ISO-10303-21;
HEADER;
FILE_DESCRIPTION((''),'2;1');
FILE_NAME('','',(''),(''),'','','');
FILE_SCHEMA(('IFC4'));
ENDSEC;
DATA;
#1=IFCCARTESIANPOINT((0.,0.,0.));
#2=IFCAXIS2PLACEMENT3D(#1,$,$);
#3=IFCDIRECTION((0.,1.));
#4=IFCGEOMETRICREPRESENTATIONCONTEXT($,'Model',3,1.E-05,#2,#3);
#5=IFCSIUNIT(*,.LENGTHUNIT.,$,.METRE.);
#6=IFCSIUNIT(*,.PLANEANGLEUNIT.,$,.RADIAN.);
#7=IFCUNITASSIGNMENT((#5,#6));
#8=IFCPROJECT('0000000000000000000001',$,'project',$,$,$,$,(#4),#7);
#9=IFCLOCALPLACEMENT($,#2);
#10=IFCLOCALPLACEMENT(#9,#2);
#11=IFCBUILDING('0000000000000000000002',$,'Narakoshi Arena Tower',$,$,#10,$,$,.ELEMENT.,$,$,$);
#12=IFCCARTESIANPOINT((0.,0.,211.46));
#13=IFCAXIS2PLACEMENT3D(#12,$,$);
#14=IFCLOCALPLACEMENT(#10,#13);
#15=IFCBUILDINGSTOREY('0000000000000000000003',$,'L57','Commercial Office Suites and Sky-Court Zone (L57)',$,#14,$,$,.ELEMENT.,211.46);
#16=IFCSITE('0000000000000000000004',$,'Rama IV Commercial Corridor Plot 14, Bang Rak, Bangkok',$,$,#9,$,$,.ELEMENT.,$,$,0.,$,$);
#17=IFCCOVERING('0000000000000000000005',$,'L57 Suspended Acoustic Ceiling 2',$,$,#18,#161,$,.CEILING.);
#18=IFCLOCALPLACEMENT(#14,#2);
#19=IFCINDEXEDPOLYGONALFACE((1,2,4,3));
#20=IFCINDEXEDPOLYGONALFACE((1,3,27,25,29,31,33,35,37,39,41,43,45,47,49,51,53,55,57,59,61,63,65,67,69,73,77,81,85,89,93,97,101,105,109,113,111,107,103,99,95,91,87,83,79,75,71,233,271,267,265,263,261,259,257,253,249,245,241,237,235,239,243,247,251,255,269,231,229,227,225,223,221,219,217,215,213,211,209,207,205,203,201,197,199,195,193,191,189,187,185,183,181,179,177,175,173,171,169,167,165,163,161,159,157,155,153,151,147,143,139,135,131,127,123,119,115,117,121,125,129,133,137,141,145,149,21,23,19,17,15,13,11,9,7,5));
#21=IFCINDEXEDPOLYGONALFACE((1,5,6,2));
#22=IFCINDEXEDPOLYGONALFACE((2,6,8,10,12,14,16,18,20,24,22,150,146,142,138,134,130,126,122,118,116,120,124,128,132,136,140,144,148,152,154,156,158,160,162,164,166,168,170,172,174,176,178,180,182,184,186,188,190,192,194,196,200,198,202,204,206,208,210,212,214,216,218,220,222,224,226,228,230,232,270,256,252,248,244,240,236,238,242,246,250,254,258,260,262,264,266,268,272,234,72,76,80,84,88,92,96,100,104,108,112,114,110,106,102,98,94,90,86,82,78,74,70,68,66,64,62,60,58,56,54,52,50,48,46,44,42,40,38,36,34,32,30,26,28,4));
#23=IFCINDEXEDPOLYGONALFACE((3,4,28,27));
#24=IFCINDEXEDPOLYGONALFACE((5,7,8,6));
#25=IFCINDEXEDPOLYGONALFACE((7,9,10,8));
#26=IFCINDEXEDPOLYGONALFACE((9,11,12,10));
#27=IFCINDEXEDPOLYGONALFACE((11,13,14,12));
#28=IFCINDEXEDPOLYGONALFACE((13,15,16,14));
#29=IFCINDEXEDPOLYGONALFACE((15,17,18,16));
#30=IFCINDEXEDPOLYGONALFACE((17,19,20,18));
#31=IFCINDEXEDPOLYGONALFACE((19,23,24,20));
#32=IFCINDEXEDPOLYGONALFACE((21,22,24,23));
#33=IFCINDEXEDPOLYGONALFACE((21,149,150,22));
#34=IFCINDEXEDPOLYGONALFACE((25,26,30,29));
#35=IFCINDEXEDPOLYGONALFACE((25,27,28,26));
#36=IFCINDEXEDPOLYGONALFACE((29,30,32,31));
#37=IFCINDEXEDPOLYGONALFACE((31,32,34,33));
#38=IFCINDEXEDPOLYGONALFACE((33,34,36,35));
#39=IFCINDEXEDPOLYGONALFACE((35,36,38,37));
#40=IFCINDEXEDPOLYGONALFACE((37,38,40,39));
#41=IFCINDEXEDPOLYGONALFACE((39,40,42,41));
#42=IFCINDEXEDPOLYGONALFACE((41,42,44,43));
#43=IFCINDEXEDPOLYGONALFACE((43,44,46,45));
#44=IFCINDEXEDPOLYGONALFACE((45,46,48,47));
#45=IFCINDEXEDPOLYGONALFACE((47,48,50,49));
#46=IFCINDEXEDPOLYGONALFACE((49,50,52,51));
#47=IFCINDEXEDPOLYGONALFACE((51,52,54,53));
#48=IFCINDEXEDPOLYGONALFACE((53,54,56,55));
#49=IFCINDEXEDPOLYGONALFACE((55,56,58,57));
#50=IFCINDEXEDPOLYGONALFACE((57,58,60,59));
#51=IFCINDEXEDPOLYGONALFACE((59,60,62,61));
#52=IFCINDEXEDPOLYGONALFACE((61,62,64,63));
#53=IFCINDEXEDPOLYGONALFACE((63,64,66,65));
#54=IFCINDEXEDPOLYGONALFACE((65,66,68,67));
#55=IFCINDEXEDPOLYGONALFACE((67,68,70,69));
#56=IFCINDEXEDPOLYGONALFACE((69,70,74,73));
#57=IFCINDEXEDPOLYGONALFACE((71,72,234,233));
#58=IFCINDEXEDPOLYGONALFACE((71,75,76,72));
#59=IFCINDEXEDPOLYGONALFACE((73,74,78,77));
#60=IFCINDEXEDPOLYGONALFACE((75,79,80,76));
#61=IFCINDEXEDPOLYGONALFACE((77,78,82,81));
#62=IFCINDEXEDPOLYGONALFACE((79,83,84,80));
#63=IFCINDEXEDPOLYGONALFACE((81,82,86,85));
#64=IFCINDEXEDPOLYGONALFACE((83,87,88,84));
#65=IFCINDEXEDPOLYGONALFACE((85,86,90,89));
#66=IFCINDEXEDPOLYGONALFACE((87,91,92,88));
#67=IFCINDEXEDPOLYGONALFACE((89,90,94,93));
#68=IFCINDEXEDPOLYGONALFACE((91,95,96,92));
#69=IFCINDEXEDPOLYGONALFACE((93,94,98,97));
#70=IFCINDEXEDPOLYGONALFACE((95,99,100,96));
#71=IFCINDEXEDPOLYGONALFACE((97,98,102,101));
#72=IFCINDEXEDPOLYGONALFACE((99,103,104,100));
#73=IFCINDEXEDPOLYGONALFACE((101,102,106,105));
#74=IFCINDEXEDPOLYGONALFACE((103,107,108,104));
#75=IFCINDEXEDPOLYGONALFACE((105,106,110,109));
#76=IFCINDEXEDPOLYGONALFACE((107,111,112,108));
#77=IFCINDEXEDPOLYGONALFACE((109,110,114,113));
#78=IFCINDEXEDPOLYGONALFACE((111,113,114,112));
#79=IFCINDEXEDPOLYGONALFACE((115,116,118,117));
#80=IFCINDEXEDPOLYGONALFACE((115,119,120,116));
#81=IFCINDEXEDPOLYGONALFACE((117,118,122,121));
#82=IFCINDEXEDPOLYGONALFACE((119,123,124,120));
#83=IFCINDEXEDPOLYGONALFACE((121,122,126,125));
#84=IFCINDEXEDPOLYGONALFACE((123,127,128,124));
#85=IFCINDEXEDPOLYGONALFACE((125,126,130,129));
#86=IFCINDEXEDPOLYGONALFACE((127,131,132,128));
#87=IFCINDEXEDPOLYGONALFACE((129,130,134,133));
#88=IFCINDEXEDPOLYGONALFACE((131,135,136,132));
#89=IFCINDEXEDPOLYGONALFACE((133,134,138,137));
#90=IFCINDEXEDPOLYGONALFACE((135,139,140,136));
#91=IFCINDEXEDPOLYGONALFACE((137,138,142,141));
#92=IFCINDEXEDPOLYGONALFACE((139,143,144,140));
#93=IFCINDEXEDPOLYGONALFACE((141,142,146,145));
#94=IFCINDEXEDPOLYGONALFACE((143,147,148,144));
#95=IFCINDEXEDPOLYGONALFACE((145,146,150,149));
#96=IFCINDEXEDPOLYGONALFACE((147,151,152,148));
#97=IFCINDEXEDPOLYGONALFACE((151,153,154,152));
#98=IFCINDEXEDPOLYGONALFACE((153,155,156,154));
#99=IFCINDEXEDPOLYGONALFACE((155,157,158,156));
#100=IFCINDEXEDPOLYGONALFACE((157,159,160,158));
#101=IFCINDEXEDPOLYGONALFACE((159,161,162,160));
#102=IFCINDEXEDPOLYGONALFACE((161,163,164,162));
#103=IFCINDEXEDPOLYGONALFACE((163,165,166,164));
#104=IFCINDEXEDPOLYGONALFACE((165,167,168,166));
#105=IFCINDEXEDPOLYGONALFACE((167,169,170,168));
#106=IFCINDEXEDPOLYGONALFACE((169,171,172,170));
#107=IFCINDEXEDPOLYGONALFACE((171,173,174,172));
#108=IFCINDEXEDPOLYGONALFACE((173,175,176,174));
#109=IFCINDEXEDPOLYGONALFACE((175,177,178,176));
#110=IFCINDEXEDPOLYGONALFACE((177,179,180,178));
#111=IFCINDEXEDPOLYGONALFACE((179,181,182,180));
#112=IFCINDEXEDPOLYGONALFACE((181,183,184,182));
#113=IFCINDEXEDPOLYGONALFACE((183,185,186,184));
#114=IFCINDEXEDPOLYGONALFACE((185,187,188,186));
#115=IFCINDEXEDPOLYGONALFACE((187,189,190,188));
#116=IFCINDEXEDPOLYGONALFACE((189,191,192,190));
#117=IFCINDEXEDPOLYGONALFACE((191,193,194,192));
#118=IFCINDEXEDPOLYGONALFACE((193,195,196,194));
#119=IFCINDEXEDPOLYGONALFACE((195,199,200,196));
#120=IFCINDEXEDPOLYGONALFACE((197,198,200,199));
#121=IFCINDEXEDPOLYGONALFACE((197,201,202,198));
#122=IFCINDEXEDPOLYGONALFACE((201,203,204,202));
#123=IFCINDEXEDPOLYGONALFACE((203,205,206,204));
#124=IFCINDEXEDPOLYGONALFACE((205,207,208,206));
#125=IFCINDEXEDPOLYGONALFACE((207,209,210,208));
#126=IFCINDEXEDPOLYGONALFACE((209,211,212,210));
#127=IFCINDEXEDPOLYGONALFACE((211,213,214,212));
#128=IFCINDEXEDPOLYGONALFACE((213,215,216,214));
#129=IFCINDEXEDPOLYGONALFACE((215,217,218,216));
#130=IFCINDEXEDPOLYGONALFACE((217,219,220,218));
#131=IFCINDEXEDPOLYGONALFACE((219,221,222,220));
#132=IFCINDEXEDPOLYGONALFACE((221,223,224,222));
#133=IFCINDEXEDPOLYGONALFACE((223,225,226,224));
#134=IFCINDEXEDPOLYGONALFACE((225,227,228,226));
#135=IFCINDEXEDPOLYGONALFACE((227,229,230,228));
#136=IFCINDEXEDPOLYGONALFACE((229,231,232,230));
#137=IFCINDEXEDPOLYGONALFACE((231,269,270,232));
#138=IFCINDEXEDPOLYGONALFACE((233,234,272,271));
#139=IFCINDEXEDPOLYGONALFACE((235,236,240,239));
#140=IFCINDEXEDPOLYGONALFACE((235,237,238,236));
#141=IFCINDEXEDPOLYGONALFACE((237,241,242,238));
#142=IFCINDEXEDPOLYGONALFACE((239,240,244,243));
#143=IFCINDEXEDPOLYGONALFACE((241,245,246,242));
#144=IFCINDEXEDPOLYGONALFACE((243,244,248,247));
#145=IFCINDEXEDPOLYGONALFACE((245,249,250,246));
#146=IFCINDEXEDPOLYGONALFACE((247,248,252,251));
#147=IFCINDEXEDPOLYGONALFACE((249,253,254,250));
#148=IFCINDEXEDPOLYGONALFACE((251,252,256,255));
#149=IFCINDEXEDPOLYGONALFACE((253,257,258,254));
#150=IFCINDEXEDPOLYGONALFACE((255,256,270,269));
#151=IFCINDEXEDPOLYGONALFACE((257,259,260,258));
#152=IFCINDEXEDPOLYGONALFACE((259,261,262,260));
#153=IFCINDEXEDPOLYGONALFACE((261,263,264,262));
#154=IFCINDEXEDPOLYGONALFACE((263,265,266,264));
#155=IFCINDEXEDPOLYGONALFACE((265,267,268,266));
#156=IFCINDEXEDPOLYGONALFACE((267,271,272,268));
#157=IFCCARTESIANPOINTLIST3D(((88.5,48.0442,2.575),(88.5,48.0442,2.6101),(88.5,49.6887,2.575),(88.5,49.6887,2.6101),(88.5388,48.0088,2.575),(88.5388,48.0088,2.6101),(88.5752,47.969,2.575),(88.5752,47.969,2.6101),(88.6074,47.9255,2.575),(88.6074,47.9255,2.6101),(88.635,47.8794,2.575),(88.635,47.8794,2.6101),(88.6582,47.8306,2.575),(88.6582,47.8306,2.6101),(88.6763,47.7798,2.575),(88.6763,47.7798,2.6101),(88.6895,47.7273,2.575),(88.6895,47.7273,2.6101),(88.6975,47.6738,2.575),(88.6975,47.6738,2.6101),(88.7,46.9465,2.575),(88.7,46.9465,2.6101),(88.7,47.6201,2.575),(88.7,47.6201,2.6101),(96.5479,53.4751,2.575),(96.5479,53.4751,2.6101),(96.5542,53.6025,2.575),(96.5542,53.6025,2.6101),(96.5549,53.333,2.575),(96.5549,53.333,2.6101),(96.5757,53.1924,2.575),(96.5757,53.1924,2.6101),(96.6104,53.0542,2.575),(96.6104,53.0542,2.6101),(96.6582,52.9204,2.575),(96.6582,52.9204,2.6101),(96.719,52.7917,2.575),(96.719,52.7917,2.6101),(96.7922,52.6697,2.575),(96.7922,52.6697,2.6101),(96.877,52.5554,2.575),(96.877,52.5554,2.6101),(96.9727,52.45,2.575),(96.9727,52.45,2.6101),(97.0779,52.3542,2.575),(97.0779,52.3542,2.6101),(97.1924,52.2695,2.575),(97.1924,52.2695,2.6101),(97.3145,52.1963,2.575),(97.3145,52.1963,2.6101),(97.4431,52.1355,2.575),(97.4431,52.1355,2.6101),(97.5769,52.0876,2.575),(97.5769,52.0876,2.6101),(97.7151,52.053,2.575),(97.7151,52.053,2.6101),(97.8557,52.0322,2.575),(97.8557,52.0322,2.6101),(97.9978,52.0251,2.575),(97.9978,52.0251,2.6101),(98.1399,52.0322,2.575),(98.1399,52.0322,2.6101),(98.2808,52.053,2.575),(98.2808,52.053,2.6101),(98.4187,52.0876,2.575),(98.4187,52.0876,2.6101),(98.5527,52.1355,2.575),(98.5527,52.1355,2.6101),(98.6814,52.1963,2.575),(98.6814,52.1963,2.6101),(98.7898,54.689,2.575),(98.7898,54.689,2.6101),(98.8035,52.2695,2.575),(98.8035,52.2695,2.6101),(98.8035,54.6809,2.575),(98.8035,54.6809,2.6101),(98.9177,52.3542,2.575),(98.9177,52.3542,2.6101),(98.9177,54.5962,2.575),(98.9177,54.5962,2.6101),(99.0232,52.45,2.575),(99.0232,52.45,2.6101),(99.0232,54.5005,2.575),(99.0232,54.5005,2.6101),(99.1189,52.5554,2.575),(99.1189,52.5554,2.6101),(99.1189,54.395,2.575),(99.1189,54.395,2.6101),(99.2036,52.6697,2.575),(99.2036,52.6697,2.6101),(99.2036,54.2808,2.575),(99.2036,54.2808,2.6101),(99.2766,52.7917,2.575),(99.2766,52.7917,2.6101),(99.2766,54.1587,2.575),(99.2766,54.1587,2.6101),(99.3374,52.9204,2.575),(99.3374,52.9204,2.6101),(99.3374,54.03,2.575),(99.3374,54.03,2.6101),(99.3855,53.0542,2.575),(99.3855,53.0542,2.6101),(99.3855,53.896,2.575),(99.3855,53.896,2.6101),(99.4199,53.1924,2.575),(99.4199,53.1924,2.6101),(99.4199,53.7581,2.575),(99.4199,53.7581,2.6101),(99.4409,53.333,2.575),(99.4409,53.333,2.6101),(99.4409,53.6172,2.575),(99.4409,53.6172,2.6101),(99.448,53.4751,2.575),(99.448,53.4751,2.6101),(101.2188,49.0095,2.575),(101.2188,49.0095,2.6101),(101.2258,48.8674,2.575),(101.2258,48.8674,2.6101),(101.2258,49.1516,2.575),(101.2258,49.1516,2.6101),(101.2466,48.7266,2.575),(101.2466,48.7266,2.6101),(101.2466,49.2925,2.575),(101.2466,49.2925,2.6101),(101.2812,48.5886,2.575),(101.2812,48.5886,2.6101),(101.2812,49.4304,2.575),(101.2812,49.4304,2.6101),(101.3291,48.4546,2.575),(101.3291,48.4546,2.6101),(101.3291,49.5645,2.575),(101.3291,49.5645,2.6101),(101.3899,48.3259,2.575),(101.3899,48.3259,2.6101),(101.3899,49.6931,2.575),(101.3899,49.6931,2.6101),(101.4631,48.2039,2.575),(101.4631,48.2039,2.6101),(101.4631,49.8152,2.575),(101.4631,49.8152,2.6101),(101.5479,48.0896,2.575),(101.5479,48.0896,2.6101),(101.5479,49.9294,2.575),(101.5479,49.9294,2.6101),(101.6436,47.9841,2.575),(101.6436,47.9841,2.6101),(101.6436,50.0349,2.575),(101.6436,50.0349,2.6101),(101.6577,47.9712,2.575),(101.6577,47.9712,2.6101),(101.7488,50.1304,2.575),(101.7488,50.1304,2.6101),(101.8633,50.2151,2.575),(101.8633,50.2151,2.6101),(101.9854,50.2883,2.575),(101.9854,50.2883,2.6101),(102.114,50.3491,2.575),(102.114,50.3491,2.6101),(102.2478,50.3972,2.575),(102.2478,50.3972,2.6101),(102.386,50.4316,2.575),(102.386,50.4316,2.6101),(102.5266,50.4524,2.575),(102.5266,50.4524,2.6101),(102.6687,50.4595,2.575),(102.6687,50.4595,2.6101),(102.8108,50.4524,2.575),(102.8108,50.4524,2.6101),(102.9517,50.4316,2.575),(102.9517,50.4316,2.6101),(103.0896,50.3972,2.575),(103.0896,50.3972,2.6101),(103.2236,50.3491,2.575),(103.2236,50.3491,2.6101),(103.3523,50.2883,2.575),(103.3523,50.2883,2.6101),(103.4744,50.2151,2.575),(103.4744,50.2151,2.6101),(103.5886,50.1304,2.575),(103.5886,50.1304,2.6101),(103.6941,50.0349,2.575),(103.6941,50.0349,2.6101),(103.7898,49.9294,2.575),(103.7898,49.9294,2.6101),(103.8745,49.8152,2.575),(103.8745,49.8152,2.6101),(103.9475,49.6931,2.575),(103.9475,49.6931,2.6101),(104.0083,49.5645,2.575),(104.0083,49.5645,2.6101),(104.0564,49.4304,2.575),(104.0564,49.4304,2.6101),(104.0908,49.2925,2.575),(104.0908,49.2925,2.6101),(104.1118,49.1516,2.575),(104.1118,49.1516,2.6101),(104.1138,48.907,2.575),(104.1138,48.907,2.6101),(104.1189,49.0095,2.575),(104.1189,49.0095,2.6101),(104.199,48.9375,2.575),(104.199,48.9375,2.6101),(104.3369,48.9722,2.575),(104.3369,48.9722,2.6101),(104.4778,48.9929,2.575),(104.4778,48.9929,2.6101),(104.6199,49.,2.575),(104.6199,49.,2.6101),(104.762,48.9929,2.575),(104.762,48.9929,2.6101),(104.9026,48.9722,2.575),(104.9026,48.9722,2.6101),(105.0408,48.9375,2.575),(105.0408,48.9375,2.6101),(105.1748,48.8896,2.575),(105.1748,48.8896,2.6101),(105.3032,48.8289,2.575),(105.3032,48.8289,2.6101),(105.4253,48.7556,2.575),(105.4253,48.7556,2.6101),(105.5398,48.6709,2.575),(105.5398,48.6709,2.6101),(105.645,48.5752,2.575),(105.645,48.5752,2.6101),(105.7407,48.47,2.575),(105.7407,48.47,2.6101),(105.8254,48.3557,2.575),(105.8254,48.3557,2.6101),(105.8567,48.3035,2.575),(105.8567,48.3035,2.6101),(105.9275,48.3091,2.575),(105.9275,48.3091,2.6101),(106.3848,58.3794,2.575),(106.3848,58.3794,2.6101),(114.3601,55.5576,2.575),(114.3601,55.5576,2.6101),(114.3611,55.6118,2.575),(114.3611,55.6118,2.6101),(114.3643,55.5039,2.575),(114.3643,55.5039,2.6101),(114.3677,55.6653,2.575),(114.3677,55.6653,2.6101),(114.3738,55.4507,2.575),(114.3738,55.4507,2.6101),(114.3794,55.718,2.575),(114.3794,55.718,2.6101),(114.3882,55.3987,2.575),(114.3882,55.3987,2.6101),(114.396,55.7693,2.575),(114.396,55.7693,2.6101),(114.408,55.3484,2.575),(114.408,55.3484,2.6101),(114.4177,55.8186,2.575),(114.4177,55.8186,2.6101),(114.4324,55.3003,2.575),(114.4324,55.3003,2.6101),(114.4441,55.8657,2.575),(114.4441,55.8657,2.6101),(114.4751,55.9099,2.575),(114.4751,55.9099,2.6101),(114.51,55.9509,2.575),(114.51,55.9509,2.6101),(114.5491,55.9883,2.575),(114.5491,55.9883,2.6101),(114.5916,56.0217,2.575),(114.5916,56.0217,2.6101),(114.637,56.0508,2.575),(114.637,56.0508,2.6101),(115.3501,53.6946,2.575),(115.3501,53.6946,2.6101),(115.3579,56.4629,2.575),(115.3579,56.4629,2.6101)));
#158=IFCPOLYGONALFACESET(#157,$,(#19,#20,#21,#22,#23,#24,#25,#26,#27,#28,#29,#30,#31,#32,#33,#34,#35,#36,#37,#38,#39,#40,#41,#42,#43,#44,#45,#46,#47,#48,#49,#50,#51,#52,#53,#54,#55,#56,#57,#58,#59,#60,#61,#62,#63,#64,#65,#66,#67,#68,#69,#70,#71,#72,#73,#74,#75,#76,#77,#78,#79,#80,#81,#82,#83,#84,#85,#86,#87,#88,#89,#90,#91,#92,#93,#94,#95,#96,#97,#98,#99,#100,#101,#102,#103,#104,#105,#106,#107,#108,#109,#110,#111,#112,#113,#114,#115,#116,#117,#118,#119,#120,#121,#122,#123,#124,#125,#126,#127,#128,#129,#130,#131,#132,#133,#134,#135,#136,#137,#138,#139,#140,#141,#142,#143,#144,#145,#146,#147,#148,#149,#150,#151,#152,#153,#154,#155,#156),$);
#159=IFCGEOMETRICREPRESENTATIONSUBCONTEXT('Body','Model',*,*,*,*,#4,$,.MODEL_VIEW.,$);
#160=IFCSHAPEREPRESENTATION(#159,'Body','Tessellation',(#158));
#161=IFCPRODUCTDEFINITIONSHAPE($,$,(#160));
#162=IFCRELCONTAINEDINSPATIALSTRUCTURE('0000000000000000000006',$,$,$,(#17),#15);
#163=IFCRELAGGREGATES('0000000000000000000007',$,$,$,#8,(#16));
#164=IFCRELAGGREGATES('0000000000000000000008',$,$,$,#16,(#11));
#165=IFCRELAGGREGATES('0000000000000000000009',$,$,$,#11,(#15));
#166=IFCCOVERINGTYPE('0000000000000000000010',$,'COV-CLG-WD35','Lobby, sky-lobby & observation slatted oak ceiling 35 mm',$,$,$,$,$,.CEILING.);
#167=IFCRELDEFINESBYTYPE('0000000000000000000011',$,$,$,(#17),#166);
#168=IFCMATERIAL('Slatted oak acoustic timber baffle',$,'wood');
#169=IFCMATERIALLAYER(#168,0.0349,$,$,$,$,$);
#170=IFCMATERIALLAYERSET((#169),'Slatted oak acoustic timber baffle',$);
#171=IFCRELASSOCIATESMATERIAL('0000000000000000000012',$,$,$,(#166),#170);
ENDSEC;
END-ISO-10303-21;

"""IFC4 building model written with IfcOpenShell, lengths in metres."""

from ifc_helpers import new_model, si_unit, direction, frame, origin, place, context, subcontext, project, spatial, polyline, outline, extrude, material, layer, layer_set, type_object, element, save


model = new_model("IFC4")

# Units and contexts
model_context = context("Model", 3, precision=1e-05, world=origin(), true_north=direction((0.0, 1.0)))
body_context = subcontext(model_context, "Body", "Model", "MODEL_VIEW")
ifc_project = project(units=[si_unit("LENGTHUNIT", "METRE"), si_unit("PLANEANGLEUNIT", "RADIAN")], contexts=[model_context])

# Site, building, storey
site_placement = place(None, origin())
site = spatial("IfcSite", under=ifc_project, at=site_placement, Name="Rama IV Commercial Corridor Plot 14, Bang Rak, Bangkok", CompositionType="ELEMENT", RefElevation=0.0)
building_placement = place(site_placement, origin())
building = spatial("IfcBuilding", under=site, at=building_placement, Name="Narakoshi Arena Tower", CompositionType="ELEMENT")
storey_placement = place(building_placement, frame((0.0, 0.0, 211.46)))
storey = spatial("IfcBuildingStorey", under=building, at=storey_placement, Name="L57", Description="Commercial Office Suites and Sky-Court Zone (L57)", CompositionType="ELEMENT", Elevation=211.46)

# Covering
ifc_material_1 = material(Name="Slatted oak acoustic timber baffle", Category="wood")
ifc_layer_1 = layer(ifc_material_1, 0.0349)
ifc_layer_set_1 = layer_set([ifc_layer_1], Name="Slatted oak acoustic timber baffle")
covering_type_1 = type_object("IfcCoveringType", Name="COV-CLG-WD35", Description="Lobby, sky-lobby & observation slatted oak ceiling 35 mm", PredefinedType="CEILING", material=ifc_layer_set_1)
covering_1_placement = place(storey_placement, frame((0.0, 0.0, 2.575)))
element("IfcCovering", 1, at=covering_1_placement, inside=storey, type_object=covering_type_1, Name="L57 Suspended Acoustic Ceiling 2", PredefinedType="CEILING", context=body_context, shape_type="SweptSolid", body=[
    extrude(outline(polyline([(88.5, 49.6887), (96.5542, 53.6025), (96.5479, 53.4751), (96.5549, 53.333), (96.5757, 53.1924), (96.6104, 53.0542), (96.6582, 52.9204), (96.719, 52.7917), (96.7922, 52.6697), (96.877, 52.5554), (96.9727, 52.45), (97.0779, 52.3542), (97.1924, 52.2695), (97.3145, 52.1963), (97.4431, 52.1355), (97.5769, 52.0876), (97.7151, 52.053), (97.8557, 52.0322), (97.9978, 52.0251), (98.1399, 52.0322), (98.2808, 52.053), (98.4187, 52.0876), (98.5527, 52.1355), (98.6814, 52.1963), (98.8035, 52.2695), (98.9177, 52.3542), (99.0232, 52.45), (99.1189, 52.5554), (99.2036, 52.6697), (99.2766, 52.7917), (99.3374, 52.9204), (99.3855, 53.0542), (99.4199, 53.1924), (99.4409, 53.333), (99.448, 53.4751), (99.4409, 53.6172), (99.4199, 53.7581), (99.3855, 53.896), (99.3374, 54.03), (99.2766, 54.1587), (99.2036, 54.2808), (99.1189, 54.395), (99.0232, 54.5005), (98.9177, 54.5962), (98.8035, 54.6809), (98.7898, 54.689), (106.3848, 58.3794), (115.3579, 56.4629), (114.637, 56.0508), (114.5916, 56.0217), (114.5491, 55.9883), (114.51, 55.9509), (114.4751, 55.9099), (114.4441, 55.8657), (114.4177, 55.8186), (114.396, 55.7693), (114.3794, 55.718), (114.3677, 55.6653), (114.3611, 55.6118), (114.3601, 55.5576), (114.3643, 55.5039), (114.3738, 55.4507), (114.3882, 55.3987), (114.408, 55.3484), (114.4324, 55.3003), (115.3501, 53.6946), (105.9275, 48.3091), (105.8567, 48.3035), (105.8254, 48.3557), (105.7407, 48.47), (105.645, 48.5752), (105.5398, 48.6709), (105.4253, 48.7556), (105.3032, 48.8289), (105.1748, 48.8896), (105.0408, 48.9375), (104.9026, 48.9722), (104.762, 48.9929), (104.6199, 49.0), (104.4778, 48.9929), (104.3369, 48.9722), (104.199, 48.9375), (104.1138, 48.907), (104.1189, 49.0095), (104.1118, 49.1516), (104.0908, 49.2925), (104.0564, 49.4304), (104.0083, 49.5645), (103.9475, 49.6931), (103.8745, 49.8152), (103.7898, 49.9294), (103.6941, 50.0349), (103.5886, 50.1304), (103.4744, 50.2151), (103.3523, 50.2883), (103.2236, 50.3491), (103.0896, 50.3972), (102.9517, 50.4316), (102.8108, 50.4524), (102.6687, 50.4595), (102.5266, 50.4524), (102.386, 50.4316), (102.2478, 50.3972), (102.114, 50.3491), (101.9854, 50.2883), (101.8633, 50.2151), (101.7488, 50.1304), (101.6436, 50.0349), (101.5479, 49.9294), (101.4631, 49.8152), (101.3899, 49.6931), (101.3291, 49.5645), (101.2812, 49.4304), (101.2466, 49.2925), (101.2258, 49.1516), (101.2188, 49.0095), (101.2258, 48.8674), (101.2466, 48.7266), (101.2812, 48.5886), (101.3291, 48.4546), (101.3899, 48.3259), (101.4631, 48.2039), (101.5479, 48.0896), (101.6436, 47.9841), (101.6577, 47.9712), (88.7, 46.9465), (88.7, 47.6201), (88.6975, 47.6738), (88.6895, 47.7273), (88.6763, 47.7798), (88.6582, 47.8306), (88.635, 47.8794), (88.6074, 47.9255), (88.5752, 47.969), (88.5388, 48.0088), (88.5, 48.0442), (88.5, 49.6887)])), origin(), (0.0, 0.0, 1.0), 0.0352),
])

save(model, "model.ifc")
